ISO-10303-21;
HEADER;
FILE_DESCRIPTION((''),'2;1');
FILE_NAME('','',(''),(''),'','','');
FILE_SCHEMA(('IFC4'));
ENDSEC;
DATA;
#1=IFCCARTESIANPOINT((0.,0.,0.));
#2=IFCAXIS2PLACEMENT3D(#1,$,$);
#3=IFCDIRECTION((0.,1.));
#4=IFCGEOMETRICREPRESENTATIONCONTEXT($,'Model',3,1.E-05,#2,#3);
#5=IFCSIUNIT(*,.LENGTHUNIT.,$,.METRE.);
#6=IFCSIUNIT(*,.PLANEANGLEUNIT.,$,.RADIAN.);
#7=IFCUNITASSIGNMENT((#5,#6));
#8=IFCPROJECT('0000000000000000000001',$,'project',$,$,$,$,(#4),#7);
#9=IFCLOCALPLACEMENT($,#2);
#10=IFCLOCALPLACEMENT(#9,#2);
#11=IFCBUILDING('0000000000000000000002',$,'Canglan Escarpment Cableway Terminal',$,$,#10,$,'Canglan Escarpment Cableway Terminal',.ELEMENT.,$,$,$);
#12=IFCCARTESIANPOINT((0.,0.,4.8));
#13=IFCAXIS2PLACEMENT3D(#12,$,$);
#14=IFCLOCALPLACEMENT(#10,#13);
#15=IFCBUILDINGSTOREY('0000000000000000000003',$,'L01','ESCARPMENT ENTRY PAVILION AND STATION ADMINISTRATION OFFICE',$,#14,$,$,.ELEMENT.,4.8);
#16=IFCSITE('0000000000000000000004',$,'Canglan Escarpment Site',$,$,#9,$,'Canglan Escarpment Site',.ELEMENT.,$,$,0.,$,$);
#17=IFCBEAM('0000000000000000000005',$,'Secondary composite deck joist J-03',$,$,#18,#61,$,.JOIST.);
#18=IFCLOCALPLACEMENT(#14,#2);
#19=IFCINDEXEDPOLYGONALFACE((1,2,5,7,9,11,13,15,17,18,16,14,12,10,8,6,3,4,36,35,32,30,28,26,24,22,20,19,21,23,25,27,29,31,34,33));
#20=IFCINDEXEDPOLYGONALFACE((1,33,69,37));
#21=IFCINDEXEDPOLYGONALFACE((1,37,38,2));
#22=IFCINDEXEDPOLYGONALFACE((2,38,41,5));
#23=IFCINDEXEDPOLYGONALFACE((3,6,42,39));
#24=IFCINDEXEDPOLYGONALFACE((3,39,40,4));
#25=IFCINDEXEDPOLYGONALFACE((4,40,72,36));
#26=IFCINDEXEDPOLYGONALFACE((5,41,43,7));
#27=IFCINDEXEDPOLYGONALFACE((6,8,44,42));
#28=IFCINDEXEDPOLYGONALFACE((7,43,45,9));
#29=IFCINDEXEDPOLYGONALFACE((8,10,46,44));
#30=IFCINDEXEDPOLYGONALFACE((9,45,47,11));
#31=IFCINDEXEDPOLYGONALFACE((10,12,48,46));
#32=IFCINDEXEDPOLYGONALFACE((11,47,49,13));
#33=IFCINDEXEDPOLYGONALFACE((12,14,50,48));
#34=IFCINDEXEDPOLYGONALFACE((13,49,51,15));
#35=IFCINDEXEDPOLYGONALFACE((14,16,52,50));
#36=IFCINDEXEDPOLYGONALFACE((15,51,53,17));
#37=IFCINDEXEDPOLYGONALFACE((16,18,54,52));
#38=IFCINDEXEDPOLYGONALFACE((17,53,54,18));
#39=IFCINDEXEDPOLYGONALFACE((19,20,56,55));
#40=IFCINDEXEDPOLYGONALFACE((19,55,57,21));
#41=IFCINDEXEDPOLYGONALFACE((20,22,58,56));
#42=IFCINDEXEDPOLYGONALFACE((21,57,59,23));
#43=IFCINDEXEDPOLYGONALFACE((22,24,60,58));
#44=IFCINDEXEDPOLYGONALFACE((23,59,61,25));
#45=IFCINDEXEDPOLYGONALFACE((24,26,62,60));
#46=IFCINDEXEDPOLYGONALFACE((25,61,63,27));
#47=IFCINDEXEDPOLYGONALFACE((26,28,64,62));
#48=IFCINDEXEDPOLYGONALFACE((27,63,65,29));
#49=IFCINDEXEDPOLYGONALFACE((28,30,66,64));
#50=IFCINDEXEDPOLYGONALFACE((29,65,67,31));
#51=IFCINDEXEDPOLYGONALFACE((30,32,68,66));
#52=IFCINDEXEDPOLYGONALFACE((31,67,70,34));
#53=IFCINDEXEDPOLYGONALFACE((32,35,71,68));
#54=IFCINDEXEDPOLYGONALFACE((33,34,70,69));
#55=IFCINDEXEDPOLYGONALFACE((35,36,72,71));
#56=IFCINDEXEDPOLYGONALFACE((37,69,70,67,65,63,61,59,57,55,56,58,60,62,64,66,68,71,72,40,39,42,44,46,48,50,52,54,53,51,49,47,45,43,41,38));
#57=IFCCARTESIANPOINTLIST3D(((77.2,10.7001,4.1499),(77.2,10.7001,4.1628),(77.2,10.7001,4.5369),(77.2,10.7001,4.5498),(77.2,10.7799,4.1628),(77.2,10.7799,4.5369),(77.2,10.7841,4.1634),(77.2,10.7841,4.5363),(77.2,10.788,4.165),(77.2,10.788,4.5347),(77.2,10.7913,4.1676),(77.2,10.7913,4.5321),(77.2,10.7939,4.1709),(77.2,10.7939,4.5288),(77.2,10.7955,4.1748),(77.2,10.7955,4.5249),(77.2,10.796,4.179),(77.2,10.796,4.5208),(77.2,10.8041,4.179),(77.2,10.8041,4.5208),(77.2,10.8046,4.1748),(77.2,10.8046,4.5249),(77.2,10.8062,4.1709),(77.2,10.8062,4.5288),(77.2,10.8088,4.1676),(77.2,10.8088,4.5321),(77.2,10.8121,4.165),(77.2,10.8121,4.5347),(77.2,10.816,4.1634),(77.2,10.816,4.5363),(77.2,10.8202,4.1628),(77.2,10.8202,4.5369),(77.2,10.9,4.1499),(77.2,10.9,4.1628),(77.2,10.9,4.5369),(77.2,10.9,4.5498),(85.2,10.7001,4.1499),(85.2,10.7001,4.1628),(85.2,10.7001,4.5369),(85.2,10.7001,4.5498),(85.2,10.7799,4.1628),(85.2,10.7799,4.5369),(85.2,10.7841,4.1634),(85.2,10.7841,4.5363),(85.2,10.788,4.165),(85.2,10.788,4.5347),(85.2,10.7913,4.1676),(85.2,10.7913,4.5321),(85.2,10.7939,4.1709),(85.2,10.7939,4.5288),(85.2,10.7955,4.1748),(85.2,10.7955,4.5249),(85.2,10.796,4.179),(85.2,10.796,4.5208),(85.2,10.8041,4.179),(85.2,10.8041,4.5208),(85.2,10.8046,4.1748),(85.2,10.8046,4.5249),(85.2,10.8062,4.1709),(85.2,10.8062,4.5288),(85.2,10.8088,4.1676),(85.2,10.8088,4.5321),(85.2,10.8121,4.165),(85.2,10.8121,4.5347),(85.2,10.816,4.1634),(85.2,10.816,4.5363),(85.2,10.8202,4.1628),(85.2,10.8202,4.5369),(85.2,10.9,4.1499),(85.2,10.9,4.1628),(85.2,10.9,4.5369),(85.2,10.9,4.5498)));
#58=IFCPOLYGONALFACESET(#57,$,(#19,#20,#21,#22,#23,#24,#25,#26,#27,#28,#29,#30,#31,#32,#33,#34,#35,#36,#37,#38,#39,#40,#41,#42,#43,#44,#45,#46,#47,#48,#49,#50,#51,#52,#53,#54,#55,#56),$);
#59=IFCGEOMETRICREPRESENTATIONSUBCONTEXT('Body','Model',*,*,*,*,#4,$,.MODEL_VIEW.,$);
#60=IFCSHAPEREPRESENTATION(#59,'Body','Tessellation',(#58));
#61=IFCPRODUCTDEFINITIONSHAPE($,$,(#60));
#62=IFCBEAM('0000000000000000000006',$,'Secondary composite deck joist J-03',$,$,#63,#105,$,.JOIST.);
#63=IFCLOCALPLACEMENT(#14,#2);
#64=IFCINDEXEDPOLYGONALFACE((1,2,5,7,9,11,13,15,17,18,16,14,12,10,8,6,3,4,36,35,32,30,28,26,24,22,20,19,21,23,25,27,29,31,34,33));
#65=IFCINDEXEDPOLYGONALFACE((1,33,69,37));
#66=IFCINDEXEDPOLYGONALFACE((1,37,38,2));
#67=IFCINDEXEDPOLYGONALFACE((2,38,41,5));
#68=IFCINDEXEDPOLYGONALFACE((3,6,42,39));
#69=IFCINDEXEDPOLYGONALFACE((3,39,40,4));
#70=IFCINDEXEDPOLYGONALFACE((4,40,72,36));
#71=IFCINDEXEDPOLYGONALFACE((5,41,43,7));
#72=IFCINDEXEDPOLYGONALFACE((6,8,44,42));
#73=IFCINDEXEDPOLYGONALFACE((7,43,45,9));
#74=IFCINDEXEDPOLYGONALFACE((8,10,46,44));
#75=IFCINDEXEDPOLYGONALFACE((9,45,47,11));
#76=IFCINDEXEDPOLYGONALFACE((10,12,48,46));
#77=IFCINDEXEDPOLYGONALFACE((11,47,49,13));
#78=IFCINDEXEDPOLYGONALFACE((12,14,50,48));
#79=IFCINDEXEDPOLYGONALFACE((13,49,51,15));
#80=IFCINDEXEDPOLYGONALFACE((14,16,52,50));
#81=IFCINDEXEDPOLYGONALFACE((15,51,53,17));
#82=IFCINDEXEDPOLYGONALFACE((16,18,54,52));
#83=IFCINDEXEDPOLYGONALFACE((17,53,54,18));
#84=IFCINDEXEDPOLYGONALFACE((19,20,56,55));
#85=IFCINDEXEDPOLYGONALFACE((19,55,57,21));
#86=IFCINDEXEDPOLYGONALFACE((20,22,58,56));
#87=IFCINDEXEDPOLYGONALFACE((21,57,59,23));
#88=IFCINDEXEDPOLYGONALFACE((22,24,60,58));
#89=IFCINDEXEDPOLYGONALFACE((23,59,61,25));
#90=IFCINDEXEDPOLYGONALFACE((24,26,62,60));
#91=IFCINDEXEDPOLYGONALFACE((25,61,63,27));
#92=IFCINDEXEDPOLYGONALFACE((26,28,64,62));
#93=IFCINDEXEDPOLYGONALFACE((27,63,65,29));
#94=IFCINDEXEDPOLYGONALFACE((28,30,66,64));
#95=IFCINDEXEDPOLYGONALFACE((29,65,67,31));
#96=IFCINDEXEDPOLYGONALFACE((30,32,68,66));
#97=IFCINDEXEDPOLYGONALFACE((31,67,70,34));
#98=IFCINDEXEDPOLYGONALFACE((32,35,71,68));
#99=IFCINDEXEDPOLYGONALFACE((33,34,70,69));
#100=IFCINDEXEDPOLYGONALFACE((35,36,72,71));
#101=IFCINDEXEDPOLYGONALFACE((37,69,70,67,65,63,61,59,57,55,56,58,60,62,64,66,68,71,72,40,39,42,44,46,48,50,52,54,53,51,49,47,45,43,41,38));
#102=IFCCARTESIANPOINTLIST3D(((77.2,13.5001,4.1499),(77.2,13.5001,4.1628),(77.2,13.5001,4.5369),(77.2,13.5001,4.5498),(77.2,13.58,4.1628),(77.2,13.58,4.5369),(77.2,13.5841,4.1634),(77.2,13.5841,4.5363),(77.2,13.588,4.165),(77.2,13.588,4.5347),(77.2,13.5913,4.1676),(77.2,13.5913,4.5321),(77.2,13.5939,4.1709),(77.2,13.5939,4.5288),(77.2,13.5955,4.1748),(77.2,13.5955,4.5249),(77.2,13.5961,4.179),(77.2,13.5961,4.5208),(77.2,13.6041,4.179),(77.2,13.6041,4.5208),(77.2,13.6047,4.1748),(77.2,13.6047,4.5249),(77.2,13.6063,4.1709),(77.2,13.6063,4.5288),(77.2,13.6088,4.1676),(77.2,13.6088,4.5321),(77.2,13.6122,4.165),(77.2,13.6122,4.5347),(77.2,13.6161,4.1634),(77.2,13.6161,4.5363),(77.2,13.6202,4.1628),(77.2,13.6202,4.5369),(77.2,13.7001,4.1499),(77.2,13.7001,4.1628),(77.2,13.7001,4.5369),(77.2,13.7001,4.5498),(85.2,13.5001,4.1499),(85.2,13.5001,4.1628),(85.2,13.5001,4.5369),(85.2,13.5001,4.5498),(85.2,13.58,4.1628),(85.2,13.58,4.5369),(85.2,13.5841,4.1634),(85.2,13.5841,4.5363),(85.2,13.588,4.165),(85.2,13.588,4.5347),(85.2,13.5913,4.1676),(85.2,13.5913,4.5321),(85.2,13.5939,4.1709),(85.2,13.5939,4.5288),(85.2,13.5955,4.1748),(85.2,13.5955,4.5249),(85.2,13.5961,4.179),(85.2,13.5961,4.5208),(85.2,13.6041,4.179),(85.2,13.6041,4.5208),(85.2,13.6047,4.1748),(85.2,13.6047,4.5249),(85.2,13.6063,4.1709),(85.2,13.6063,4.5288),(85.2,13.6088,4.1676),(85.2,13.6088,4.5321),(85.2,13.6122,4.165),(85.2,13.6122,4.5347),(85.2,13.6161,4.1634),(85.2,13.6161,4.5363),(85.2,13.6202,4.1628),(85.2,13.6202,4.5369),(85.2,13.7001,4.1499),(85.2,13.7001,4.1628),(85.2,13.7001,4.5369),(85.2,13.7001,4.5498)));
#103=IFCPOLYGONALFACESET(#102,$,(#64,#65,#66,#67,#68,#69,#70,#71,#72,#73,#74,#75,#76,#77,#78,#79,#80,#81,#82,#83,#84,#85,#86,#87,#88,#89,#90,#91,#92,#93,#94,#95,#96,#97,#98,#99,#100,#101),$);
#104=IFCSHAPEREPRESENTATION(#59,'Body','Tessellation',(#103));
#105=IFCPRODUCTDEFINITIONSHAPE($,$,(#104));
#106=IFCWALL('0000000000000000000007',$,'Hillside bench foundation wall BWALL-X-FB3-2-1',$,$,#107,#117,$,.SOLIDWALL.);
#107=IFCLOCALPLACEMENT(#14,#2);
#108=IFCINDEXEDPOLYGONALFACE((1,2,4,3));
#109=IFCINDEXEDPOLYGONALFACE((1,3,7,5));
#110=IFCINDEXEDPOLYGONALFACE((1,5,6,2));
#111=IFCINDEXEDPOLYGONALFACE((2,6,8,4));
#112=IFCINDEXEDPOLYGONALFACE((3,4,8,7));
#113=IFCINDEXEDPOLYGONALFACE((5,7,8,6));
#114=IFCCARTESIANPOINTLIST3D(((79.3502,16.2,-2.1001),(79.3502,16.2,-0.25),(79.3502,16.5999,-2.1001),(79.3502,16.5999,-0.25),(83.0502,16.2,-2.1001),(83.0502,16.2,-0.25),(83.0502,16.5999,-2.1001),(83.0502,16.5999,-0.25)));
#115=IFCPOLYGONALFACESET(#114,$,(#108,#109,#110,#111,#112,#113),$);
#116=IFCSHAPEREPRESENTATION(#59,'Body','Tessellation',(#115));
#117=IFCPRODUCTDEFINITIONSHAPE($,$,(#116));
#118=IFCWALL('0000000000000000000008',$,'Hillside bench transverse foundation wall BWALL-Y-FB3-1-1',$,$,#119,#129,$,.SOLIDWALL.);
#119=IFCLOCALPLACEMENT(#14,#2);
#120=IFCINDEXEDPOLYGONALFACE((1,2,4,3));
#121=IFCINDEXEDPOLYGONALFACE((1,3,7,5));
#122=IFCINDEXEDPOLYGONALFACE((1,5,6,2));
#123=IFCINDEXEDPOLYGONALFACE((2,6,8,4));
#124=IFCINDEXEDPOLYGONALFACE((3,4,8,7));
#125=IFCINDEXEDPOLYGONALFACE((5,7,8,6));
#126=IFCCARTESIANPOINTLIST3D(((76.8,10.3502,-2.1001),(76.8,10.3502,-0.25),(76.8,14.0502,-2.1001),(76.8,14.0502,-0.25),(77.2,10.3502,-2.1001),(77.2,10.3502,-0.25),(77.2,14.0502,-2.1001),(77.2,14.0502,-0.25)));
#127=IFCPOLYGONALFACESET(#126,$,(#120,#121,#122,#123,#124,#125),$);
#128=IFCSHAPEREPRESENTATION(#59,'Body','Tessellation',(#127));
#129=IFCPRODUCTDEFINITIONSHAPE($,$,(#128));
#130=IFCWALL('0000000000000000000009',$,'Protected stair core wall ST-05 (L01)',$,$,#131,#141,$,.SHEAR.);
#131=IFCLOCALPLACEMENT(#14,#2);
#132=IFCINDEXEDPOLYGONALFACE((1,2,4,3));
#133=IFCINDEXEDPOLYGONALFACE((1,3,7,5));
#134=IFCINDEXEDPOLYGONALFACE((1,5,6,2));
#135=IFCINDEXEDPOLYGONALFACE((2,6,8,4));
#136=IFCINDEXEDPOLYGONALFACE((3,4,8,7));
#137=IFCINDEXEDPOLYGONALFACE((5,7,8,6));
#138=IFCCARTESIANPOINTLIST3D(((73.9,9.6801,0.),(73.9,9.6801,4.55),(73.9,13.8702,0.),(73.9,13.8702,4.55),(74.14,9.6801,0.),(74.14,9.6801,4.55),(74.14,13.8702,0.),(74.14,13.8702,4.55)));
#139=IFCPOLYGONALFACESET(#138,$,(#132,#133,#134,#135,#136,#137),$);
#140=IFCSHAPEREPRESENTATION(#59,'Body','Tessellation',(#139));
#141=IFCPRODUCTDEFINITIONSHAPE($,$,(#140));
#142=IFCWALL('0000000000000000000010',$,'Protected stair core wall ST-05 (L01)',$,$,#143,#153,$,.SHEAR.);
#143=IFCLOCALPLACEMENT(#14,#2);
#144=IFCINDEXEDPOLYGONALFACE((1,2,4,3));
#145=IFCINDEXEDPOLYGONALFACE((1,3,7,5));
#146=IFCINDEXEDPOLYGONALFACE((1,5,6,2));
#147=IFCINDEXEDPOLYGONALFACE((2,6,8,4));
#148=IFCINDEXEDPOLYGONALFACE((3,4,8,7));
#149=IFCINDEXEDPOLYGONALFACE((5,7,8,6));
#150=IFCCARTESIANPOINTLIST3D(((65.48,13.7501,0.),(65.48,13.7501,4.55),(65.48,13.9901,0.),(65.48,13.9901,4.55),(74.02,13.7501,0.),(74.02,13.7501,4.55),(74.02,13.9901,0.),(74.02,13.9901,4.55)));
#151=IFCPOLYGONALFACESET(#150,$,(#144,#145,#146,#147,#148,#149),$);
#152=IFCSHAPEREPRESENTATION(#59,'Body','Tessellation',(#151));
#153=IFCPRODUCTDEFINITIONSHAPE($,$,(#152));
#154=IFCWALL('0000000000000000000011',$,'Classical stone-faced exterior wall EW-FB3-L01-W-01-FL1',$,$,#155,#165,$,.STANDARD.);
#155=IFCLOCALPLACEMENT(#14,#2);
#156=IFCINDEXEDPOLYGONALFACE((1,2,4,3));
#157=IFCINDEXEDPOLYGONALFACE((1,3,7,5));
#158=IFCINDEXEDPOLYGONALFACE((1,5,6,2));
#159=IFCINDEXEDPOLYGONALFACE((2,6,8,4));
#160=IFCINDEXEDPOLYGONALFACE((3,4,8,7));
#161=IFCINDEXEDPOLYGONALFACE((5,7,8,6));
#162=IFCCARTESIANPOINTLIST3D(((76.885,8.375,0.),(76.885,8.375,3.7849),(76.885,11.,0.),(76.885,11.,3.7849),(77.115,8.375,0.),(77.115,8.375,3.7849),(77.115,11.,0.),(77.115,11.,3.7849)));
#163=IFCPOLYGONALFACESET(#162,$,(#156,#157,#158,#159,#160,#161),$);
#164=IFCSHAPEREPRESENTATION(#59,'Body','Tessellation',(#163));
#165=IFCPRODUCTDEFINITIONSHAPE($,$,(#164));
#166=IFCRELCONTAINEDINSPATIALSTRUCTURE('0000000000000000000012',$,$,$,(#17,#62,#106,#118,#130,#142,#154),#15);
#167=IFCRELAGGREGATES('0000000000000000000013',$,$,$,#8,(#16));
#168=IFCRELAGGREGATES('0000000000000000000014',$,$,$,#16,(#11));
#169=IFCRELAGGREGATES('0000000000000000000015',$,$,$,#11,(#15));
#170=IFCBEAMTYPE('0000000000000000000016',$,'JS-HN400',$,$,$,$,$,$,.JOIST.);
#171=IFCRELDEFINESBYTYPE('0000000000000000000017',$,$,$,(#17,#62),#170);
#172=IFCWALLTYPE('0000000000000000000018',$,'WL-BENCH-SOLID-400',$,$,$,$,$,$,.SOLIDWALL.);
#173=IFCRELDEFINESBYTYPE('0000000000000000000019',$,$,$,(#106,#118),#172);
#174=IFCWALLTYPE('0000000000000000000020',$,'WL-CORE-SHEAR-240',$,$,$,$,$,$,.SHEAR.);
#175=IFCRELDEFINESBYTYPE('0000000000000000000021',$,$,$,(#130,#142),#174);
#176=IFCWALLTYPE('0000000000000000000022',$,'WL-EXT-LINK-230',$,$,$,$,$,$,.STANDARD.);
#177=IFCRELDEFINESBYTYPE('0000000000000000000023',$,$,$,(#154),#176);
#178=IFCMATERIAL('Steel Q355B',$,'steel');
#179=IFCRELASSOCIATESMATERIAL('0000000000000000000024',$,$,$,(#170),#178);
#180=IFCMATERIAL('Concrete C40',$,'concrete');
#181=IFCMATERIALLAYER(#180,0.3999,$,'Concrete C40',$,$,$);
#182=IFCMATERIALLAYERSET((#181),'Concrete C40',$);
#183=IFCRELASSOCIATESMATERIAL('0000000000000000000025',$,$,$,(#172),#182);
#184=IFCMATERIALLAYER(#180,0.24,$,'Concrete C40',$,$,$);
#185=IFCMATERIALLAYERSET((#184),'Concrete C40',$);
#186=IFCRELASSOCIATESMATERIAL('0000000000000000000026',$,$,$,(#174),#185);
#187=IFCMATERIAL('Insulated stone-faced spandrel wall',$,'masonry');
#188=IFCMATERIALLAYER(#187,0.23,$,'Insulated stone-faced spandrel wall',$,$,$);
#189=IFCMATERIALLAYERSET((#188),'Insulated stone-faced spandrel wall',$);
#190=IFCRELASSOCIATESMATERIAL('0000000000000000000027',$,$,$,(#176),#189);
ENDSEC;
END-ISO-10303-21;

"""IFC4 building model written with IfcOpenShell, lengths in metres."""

from ifc_helpers import new_model, si_unit, direction, frame, frame_2d, origin, origin_2d, place, context, subcontext, project, spatial, rectangle, i_section, extrude, material, layer, layer_set, material_profile, profile_set, type_object, element, save


model = new_model("IFC4")

# Units and contexts
model_context = context("Model", 3, precision=1e-05, world=origin(), true_north=direction((0.0, 1.0)))
body_context = subcontext(model_context, "Body", "Model", "MODEL_VIEW")
ifc_project = project(units=[si_unit("LENGTHUNIT", "METRE"), si_unit("PLANEANGLEUNIT", "RADIAN")], contexts=[model_context])

# Site, building, storey
site_placement = place(None, origin())
site = spatial("IfcSite", under=ifc_project, at=site_placement, Name="Canglan Escarpment Site", LongName="Canglan Escarpment Site", CompositionType="ELEMENT", RefElevation=0.0)
building_placement = place(site_placement, origin())
building = spatial("IfcBuilding", under=site, at=building_placement, Name="Canglan Escarpment Cableway Terminal", LongName="Canglan Escarpment Cableway Terminal", CompositionType="ELEMENT")
storey_placement = place(building_placement, frame((0.0, 0.0, 4.8)))
storey = spatial("IfcBuildingStorey", under=building, at=storey_placement, Name="L01", Description="ESCARPMENT ENTRY PAVILION AND STATION ADMINISTRATION OFFICE", CompositionType="ELEMENT", Elevation=4.8)

# Shared definitions
ifc_material_1 = material(Name="Concrete C40", Category="concrete")

# Beams
ifc_material_2 = material(Name="Steel Q355B", Category="steel")
ifc_material_profile_1 = material_profile(ifc_material_2, i_section(OverallWidth=0.2, OverallDepth=0.3999, WebThickness=0.0081, FlangeThickness=0.0129, FilletRadius=0.0161, at=origin_2d()), Name="HN 400x200x8x13")
ifc_profile_set_1 = profile_set([ifc_material_profile_1], Name="Steel Q355B")
beam_type_1 = type_object("IfcBeamType", Name="JS-HN400", PredefinedType="JOIST", material=ifc_profile_set_1)
for number, where, z_axis, x_axis, name in (
    (1, (77.2, 10.8, 4.3499), (1.0, 0.0, 0.0), (0.0, 1.0, 0.0), "Secondary composite deck joist J-03"),
    (2, (77.2, 13.6001, 4.3499), (1.0, 0.0, 0.0), (0.0, 1.0, 0.0), "Secondary composite deck joist J-03"),
):
    element("IfcBeam", number, at=place(storey_placement, frame(where, z_axis=z_axis, x_axis=x_axis)), inside=storey, type_object=beam_type_1, Name=name, PredefinedType="JOIST", context=body_context, shape_type="SweptSolid", body=[
        extrude(i_section(OverallWidth=0.2, OverallDepth=0.3999, WebThickness=0.0081, FlangeThickness=0.0129, FilletRadius=0.0161, at=origin_2d()), origin(), (0.0, 0.0, 1.0), 8.0),
    ])

# Walls
ifc_layer_1 = layer(ifc_material_1, 0.3999, Name="Concrete C40")
ifc_layer_set_1 = layer_set([ifc_layer_1], Name="Concrete C40")
wall_type_1 = type_object("IfcWallType", Name="WL-BENCH-SOLID-400", PredefinedType="SOLIDWALL", material=ifc_layer_set_1)
for number, where, z_axis, x_axis, name in (
    (3, (79.3501, 16.3999, -2.1001), (0.0, 0.0, 1.0), (1.0, 0.0, 0.0), "Hillside bench foundation wall BWALL-X-FB3-2-1"),
    (4, (77.0, 10.3501, -2.1001), (0.0, 0.0, 1.0), (0.0, 1.0, 0.0), "Hillside bench transverse foundation wall BWALL-Y-FB3-1-1"),
):
    element("IfcWall", number, at=place(storey_placement, frame(where, z_axis=z_axis, x_axis=x_axis)), inside=storey, type_object=wall_type_1, Name=name, PredefinedType="SOLIDWALL", context=body_context, shape_type="SweptSolid", body=[
        extrude(rectangle(XDim=3.7, YDim=0.3999, at=frame_2d((1.8501, 0.0))), origin(), (0.0, 0.0, 1.0), 1.8501),
    ])
ifc_layer_2 = layer(ifc_material_1, 0.24, Name="Concrete C40")
ifc_layer_set_2 = layer_set([ifc_layer_2], Name="Concrete C40")
wall_type_2 = type_object("IfcWallType", Name="WL-CORE-SHEAR-240", PredefinedType="SHEAR", material=ifc_layer_set_2)
wall_1_placement = place(storey_placement, frame((74.02, 9.6799, 0.0), z_axis=(0.0, 0.0, 1.0), x_axis=(0.0, 1.0, 0.0)))
element("IfcWall", 5, at=wall_1_placement, inside=storey, type_object=wall_type_2, Name="Protected stair core wall ST-05 (L01)", PredefinedType="SHEAR", context=body_context, shape_type="SweptSolid", body=[
    extrude(rectangle(XDim=4.1902, YDim=0.24, at=frame_2d((2.0952, 0.0))), origin(), (0.0, 0.0, 1.0), 4.55),
])
wall_2_placement = place(storey_placement, frame((74.02, 13.8701, 0.0), z_axis=(0.0, 0.0, 1.0), x_axis=(-1.0, 0.0, 0.0)))
element("IfcWall", 6, at=wall_2_placement, inside=storey, type_object=wall_type_2, Name="Protected stair core wall ST-05 (L01)", PredefinedType="SHEAR", context=body_context, shape_type="SweptSolid", body=[
    extrude(rectangle(XDim=8.54, YDim=0.24, at=frame_2d((4.27, 0.0))), origin(), (0.0, 0.0, 1.0), 4.55),
])
ifc_material_3 = material(Name="Insulated stone-faced spandrel wall", Category="masonry")
ifc_layer_3 = layer(ifc_material_3, 0.23, Name="Insulated stone-faced spandrel wall")
ifc_layer_set_3 = layer_set([ifc_layer_3], Name="Insulated stone-faced spandrel wall")
wall_type_3 = type_object("IfcWallType", Name="WL-EXT-LINK-230", PredefinedType="STANDARD", material=ifc_layer_set_3)
wall_3_placement = place(storey_placement, frame((77.0, 8.375, 0.0), z_axis=(0.0, 0.0, 1.0), x_axis=(0.0, 1.0, 0.0)))
element("IfcWall", 7, at=wall_3_placement, inside=storey, type_object=wall_type_3, Name="Classical stone-faced exterior wall EW-FB3-L01-W-01-FL1", PredefinedType="STANDARD", context=body_context, shape_type="SweptSolid", body=[
    extrude(rectangle(XDim=2.625, YDim=0.23, at=frame_2d((1.3125, 0.0))), origin(), (0.0, 0.0, 1.0), 3.7849),
])

save(model, "model.ifc")
